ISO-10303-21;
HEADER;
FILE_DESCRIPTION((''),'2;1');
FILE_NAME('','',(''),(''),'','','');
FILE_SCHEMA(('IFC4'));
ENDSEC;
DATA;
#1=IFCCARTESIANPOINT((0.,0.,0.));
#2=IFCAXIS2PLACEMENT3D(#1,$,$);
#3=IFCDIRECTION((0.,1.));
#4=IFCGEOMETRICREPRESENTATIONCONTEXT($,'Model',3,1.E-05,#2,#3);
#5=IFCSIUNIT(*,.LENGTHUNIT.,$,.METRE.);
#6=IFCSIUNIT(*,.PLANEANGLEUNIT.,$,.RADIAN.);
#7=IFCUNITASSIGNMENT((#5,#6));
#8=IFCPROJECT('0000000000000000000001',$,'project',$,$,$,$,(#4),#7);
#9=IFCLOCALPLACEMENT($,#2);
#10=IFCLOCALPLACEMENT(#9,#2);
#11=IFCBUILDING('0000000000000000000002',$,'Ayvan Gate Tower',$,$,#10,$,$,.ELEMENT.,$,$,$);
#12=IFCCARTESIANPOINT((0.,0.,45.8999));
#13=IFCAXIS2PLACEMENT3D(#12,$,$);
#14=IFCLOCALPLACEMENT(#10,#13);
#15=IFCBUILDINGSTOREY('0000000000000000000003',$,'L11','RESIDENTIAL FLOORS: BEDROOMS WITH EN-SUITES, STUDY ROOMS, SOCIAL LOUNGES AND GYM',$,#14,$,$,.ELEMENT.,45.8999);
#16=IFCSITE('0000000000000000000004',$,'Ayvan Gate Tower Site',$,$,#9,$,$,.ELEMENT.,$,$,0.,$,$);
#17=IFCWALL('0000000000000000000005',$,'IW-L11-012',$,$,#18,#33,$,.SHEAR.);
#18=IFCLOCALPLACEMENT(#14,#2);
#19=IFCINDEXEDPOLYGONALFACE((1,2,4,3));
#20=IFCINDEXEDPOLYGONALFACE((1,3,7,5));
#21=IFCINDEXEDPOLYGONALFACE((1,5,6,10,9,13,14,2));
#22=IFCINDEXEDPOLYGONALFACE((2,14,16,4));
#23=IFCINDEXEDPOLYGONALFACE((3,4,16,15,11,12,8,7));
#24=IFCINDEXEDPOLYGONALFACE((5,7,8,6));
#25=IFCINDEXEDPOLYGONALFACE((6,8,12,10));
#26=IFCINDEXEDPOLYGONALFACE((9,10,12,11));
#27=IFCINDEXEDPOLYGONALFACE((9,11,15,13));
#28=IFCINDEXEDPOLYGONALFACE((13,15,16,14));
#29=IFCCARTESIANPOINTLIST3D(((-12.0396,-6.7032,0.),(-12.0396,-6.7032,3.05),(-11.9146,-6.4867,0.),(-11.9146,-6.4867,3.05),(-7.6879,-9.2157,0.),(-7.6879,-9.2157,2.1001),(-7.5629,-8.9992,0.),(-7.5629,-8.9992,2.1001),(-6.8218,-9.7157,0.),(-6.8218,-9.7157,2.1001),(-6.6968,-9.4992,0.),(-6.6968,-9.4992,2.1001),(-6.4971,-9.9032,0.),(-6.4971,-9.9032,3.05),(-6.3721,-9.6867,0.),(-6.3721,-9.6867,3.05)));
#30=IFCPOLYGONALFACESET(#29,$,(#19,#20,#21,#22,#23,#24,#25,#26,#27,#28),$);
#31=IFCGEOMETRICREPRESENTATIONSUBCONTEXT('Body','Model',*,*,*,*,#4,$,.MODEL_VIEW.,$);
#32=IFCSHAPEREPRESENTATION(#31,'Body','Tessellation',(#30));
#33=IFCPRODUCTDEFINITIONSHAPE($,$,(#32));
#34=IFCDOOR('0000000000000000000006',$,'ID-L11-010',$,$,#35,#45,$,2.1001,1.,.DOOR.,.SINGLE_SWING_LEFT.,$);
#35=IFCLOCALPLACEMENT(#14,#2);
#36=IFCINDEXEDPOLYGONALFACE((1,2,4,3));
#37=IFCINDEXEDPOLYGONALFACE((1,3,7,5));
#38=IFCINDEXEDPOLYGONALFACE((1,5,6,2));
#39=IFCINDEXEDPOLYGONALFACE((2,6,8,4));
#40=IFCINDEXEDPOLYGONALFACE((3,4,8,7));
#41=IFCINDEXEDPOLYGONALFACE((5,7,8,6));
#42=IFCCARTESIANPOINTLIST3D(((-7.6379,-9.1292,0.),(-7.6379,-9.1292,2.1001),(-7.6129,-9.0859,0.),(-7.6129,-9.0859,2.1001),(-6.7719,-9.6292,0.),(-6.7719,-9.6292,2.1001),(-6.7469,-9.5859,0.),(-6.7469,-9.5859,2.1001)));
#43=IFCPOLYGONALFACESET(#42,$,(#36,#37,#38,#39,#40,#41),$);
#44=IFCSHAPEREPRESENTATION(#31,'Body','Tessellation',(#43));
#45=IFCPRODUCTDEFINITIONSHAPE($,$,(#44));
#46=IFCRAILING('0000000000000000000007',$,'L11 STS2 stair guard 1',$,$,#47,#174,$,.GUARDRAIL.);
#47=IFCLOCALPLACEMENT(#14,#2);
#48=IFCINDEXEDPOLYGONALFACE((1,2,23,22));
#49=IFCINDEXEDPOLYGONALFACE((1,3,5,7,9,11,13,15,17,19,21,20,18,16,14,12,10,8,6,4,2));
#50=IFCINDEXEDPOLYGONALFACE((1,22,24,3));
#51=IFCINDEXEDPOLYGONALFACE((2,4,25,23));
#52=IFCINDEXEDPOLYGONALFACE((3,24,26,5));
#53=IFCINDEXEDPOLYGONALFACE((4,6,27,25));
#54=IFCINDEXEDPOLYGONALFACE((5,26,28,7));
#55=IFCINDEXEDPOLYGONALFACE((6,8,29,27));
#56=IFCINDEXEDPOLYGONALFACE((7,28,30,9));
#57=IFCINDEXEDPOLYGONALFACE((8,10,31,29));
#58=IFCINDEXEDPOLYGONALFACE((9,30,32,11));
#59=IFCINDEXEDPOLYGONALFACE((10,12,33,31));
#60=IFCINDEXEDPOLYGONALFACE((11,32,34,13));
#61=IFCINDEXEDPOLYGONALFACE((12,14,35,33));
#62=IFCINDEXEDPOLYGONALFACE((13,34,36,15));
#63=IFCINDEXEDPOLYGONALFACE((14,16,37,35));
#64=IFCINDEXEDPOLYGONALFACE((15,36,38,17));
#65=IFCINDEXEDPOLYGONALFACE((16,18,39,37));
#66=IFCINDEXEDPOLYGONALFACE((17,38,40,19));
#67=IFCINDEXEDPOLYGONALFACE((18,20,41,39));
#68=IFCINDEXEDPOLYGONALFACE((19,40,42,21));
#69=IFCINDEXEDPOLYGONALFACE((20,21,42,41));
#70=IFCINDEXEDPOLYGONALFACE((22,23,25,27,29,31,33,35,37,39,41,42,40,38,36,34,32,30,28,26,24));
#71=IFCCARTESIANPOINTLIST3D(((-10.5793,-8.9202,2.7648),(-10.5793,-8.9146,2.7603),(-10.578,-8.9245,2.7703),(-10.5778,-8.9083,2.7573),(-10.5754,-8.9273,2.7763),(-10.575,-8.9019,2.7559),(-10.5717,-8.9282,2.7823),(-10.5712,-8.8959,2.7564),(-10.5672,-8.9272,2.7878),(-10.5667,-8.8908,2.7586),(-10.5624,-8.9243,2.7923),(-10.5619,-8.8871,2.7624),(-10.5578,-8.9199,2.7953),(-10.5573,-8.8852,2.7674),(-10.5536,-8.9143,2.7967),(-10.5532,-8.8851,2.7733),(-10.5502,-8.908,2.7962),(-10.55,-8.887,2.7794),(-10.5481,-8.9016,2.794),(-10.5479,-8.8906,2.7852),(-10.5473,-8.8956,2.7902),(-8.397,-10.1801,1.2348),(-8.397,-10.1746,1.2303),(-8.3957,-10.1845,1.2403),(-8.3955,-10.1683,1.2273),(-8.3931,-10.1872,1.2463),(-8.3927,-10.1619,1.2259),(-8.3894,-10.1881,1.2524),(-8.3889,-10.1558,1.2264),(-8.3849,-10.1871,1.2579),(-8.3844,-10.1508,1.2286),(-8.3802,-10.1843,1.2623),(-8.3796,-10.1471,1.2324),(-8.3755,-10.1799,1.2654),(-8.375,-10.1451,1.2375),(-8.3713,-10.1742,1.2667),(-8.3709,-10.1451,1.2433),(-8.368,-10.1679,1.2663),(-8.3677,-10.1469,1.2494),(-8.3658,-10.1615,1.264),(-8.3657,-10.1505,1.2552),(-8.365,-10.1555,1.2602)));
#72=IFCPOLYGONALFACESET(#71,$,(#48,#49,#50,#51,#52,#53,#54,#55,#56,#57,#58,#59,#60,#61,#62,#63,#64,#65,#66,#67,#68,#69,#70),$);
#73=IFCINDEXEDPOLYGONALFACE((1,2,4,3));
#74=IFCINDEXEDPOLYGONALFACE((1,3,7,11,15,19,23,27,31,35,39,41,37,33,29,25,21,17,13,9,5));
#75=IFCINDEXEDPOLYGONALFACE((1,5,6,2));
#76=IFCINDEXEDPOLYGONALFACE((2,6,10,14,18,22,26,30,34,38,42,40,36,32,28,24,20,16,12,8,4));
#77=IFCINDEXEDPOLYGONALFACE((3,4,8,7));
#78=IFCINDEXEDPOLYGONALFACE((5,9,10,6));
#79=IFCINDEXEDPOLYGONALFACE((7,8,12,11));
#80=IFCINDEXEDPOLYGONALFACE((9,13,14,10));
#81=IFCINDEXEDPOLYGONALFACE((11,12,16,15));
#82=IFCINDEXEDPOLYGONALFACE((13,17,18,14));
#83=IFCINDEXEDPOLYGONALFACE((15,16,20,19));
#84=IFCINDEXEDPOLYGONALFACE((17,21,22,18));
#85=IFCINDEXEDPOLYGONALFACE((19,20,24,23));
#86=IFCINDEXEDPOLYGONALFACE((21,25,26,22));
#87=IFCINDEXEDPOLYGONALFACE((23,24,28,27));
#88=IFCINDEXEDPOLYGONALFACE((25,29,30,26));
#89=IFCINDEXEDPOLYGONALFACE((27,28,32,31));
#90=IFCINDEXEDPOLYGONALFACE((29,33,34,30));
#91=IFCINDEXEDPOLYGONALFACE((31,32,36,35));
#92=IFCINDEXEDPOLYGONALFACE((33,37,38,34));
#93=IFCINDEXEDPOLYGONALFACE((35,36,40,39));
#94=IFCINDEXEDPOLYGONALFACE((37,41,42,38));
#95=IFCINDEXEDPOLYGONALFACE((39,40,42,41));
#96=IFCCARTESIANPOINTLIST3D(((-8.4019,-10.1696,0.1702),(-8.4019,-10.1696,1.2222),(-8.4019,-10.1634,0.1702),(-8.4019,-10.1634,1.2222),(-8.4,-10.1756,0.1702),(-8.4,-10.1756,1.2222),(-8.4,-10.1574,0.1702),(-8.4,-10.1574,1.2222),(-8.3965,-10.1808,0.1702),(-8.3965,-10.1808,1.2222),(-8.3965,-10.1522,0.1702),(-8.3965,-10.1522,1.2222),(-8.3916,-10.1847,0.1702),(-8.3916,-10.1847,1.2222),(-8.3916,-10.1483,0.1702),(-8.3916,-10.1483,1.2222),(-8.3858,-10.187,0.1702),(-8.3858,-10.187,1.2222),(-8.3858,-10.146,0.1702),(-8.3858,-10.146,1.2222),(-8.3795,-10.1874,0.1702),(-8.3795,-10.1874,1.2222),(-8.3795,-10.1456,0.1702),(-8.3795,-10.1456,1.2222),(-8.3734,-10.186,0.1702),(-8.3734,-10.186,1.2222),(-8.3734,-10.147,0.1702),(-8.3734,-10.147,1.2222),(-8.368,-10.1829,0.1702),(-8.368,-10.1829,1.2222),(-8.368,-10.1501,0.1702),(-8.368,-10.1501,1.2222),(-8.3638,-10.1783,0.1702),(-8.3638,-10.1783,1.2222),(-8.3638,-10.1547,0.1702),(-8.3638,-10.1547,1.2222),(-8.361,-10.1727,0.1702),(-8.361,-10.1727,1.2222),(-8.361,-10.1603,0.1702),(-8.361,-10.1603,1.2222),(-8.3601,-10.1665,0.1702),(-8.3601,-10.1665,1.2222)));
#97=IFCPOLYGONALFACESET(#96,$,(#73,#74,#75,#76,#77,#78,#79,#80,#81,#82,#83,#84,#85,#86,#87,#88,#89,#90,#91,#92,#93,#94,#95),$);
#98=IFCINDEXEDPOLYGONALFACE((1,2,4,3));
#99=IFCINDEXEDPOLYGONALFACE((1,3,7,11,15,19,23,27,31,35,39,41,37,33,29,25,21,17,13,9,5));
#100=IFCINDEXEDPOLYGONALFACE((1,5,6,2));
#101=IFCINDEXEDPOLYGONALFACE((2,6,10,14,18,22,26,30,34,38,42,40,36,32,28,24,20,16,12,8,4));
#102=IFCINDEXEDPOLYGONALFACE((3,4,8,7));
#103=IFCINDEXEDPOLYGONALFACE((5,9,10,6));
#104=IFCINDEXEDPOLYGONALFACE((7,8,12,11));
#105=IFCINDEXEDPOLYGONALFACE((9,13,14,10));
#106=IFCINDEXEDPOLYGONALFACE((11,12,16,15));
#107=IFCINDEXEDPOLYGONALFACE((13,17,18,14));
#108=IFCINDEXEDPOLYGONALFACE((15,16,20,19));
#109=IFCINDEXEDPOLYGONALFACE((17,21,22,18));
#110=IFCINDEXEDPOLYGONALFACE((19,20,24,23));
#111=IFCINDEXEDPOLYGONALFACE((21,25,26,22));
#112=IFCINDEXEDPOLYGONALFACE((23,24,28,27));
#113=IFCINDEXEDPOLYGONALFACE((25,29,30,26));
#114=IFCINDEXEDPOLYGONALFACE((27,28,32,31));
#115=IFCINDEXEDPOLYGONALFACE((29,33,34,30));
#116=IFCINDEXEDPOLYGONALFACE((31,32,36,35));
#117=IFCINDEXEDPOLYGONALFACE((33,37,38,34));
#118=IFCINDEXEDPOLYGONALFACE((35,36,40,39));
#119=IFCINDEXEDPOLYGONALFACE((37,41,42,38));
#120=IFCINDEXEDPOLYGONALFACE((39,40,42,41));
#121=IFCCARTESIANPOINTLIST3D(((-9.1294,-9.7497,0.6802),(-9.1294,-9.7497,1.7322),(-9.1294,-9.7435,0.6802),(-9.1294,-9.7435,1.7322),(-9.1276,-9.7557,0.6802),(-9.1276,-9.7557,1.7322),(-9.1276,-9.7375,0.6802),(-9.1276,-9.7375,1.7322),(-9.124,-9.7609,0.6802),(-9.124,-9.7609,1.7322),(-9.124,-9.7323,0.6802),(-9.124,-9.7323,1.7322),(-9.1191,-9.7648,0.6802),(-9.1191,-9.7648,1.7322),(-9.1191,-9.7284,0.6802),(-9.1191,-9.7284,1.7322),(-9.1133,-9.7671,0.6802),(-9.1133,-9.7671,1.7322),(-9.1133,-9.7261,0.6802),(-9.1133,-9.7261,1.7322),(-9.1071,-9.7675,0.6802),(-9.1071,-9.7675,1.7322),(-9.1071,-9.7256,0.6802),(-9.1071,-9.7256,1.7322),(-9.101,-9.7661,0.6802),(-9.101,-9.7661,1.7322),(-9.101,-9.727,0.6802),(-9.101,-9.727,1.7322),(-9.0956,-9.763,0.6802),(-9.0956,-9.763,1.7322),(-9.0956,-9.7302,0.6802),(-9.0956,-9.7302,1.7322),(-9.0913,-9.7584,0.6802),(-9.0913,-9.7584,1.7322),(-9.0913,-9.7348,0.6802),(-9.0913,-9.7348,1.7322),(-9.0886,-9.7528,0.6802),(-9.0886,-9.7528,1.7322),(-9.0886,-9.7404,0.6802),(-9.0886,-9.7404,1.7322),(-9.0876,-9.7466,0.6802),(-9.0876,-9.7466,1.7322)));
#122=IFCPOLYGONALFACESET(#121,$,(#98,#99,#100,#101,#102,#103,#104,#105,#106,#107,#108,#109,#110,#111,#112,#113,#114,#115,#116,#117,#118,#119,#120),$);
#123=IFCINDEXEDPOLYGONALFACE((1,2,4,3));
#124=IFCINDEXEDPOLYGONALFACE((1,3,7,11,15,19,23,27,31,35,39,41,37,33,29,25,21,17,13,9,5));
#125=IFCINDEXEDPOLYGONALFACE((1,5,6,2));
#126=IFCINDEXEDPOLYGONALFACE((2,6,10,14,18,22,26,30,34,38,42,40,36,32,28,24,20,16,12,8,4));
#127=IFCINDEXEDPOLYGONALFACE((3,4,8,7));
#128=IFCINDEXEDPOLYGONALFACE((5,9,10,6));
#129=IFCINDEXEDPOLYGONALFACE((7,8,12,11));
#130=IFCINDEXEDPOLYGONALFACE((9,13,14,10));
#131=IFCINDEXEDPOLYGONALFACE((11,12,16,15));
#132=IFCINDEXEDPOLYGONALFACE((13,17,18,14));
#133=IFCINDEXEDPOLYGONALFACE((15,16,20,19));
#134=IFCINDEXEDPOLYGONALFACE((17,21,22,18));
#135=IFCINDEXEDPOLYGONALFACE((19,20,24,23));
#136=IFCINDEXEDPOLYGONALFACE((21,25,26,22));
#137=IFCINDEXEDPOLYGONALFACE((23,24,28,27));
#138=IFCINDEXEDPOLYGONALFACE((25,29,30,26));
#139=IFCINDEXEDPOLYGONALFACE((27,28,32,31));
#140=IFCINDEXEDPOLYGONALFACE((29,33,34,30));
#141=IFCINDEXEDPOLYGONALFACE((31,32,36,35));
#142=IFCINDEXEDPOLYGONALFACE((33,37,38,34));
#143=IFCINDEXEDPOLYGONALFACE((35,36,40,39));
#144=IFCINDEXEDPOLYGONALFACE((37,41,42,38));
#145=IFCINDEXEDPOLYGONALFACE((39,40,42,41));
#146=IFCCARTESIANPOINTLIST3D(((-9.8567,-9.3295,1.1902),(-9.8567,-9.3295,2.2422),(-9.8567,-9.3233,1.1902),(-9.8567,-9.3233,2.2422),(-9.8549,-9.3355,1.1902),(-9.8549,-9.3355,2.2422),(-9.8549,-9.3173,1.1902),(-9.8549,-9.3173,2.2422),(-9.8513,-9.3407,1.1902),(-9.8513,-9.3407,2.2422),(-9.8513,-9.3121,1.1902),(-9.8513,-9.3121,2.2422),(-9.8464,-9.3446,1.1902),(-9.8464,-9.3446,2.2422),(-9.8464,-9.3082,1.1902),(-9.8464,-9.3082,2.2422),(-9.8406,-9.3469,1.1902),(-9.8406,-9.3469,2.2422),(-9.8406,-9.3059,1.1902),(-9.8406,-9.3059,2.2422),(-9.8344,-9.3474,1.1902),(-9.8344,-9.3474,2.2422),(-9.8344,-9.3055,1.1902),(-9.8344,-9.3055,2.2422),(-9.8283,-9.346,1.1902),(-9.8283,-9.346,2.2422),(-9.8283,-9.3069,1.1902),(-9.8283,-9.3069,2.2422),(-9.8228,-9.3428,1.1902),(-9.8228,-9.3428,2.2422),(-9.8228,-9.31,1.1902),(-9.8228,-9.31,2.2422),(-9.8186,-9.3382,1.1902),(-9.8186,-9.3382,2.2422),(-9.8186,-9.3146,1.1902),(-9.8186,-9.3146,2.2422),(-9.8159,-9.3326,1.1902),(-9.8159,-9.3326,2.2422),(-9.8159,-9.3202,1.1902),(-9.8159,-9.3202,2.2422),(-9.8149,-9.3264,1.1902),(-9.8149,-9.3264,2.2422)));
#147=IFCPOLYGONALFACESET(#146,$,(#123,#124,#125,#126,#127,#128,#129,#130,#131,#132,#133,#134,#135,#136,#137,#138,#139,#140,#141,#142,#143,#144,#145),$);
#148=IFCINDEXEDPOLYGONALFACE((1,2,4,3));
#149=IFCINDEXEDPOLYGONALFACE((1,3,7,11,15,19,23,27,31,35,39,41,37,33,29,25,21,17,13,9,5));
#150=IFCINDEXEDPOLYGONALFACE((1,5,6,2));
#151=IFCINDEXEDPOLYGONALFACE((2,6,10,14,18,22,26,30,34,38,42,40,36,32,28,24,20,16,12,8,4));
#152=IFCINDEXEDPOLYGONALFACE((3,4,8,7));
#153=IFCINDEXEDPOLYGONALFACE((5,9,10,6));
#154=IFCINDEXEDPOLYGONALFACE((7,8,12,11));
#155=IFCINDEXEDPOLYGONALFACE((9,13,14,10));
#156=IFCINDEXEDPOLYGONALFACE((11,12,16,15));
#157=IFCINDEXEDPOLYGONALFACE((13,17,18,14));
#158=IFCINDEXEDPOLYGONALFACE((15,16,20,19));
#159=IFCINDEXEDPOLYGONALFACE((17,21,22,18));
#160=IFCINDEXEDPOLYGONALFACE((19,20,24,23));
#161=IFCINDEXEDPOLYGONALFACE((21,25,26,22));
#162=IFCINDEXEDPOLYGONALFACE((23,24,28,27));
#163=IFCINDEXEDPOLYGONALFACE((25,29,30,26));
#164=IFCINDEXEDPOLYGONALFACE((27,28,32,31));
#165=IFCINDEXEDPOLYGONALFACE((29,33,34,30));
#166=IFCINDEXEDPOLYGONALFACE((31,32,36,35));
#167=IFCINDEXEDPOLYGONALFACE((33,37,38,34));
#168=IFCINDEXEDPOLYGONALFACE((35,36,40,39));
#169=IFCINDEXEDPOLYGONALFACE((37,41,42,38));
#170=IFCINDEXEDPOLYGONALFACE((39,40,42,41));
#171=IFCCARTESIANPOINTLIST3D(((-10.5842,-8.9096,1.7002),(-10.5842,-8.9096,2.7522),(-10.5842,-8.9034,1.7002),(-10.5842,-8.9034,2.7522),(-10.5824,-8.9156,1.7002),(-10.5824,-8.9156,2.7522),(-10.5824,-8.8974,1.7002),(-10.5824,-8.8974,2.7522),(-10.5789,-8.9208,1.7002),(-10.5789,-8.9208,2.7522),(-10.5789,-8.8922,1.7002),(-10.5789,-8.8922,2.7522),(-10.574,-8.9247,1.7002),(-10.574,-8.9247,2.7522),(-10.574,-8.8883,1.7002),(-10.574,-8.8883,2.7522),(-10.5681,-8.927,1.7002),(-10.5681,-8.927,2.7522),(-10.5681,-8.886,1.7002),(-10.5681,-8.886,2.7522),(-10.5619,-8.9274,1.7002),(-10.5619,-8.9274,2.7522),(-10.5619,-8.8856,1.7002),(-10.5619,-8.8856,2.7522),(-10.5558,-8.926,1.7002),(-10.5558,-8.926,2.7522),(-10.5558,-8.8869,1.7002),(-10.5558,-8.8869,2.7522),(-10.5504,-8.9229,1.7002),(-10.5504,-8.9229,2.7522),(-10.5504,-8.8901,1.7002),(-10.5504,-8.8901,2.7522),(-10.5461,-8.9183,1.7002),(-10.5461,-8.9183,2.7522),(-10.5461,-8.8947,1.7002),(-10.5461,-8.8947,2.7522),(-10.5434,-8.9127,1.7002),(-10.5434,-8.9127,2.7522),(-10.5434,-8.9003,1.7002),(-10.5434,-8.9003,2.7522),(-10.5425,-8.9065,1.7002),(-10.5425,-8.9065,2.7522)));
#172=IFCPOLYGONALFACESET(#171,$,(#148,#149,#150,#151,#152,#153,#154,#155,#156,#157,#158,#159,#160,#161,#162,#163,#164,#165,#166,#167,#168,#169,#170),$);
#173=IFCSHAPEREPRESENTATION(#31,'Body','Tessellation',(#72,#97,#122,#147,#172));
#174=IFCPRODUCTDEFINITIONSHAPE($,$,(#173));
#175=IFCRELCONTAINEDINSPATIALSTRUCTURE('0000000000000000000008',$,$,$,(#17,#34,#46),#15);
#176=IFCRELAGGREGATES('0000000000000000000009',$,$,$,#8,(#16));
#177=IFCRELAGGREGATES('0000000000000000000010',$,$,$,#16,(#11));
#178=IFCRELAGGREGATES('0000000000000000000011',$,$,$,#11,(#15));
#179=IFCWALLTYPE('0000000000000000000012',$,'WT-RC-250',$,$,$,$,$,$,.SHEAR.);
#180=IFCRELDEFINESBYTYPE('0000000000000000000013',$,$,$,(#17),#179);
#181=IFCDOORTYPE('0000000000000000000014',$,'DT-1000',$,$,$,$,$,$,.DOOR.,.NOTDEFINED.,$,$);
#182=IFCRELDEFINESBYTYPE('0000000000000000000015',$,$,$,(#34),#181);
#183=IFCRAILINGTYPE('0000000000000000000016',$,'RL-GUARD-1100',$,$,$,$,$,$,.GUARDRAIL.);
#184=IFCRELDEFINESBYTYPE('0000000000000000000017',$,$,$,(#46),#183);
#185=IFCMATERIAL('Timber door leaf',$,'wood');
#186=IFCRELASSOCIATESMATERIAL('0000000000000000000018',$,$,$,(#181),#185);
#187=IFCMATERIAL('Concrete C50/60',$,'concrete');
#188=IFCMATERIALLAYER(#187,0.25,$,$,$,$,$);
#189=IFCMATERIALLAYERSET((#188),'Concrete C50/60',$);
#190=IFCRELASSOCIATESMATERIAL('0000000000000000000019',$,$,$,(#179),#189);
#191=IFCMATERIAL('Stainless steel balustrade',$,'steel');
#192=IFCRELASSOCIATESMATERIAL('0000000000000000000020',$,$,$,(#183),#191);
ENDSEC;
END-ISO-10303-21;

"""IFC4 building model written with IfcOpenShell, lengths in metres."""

from ifc_helpers import new_model, si_unit, direction, frame, frame_2d, origin, origin_2d, place, context, subcontext, project, spatial, rectangle, circle, extrude, material, layer, layer_set, type_object, element, fill, save


model = new_model("IFC4")

# Units and contexts
model_context = context("Model", 3, precision=1e-05, world=origin(), true_north=direction((0.0, 1.0)))
body_context = subcontext(model_context, "Body", "Model", "MODEL_VIEW")
ifc_project = project(units=[si_unit("LENGTHUNIT", "METRE"), si_unit("PLANEANGLEUNIT", "RADIAN")], contexts=[model_context])

# Site, building, storey
site_placement = place(None, origin())
site = spatial("IfcSite", under=ifc_project, at=site_placement, Name="Ayvan Gate Tower Site", CompositionType="ELEMENT", RefElevation=0.0)
building_placement = place(site_placement, origin())
building = spatial("IfcBuilding", under=site, at=building_placement, Name="Ayvan Gate Tower", CompositionType="ELEMENT")
storey_placement = place(building_placement, frame((0.0, 0.0, 45.8999)))
storey = spatial("IfcBuildingStorey", under=building, at=storey_placement, Name="L11", Description="RESIDENTIAL FLOORS: BEDROOMS WITH EN-SUITES, STUDY ROOMS, SOCIAL LOUNGES AND GYM", CompositionType="ELEMENT", Elevation=45.8999)

# Shared definitions
ifc_material_1 = material(Name="Timber door leaf", Category="wood")

# Shared definitions
door_type_1 = type_object("IfcDoorType", Name="DT-1000", OperationType="NOTDEFINED", PredefinedType="DOOR", material=ifc_material_1)

# Shared definitions
ifc_material_2 = material(Name="Concrete C50/60", Category="concrete")
ifc_layer_1 = layer(ifc_material_2, 0.25)
ifc_layer_set_1 = layer_set([ifc_layer_1], Name="Concrete C50/60")
wall_type_1 = type_object("IfcWallType", Name="WT-RC-250", PredefinedType="SHEAR", material=ifc_layer_set_1)

# Wall, opening, door
wall_1_placement = place(storey_placement, frame((-11.9771, -6.595, 0.0), z_axis=(0.0, 0.0, 1.0), x_axis=(0.866025, -0.5, 0.0)))
wall_1 = element("IfcWall", 1, at=wall_1_placement, inside=storey, type_object=wall_type_1, Name="IW-L11-012", PredefinedType="SHEAR", context=body_context, shape_type="SweptSolid", body=[
    extrude(rectangle(XDim=6.3999, YDim=0.25, at=frame_2d((3.2, 0.0))), origin(), (0.0, 0.0, 1.0), 3.05),
])
opening_1_placement = place(wall_1_placement, frame((5.0249, 0.0, 0.0)))
opening_1 = element("IfcOpeningElement", 2, at=opening_1_placement, cuts=wall_1, PredefinedType="OPENING", context=body_context, shape_type="SweptSolid", body=[
    extrude(rectangle(XDim=1.0, YDim=2.1001, at=frame_2d((0.5, 1.05))), frame((0.0, 0.135, 0.0), z_axis=(0.0, -1.0, 0.0), x_axis=(1.0, 0.0, 0.0)), (0.0, 0.0, 1.0), 0.27),
])
door_1_placement = place(opening_1_placement, origin())
door_1 = element("IfcDoor", 3, at=door_1_placement, inside=storey, type_object=door_type_1, Name="ID-L11-010", OperationType="SINGLE_SWING_LEFT", OverallHeight=2.1001, OverallWidth=1.0, PredefinedType="DOOR", context=body_context, shape_type="SweptSolid", body=[
    extrude(rectangle(XDim=1.0, YDim=2.1001, at=frame_2d((0.5, 1.05))), frame((0.0, 0.0249, 0.0), z_axis=(0.0, -1.0, 0.0), x_axis=(1.0, 0.0, 0.0)), (0.0, 0.0, 1.0), 0.05),
])
fill(opening_1, door_1)

# Railing
ifc_material_3 = material(Name="Stainless steel balustrade", Category="steel")
railing_type_1 = type_object("IfcRailingType", Name="RL-GUARD-1100", PredefinedType="GUARDRAIL", material=ifc_material_3)
railing_1_placement = place(storey_placement, frame((-8.3811, -10.1665, 0.1702)))
element("IfcRailing", 4, at=railing_1_placement, inside=storey, type_object=railing_type_1, Name="L11 STS2 stair guard 1", PredefinedType="GUARDRAIL", context=body_context, shape_type="SweptSolid", body=[
    extrude(circle(Radius=0.0239, at=origin_2d()), frame((0.0, 0.0, 1.0762), z_axis=(-0.740261, 0.427395, 0.518986), x_axis=(-0.500005, -0.866023, 0.0)), (0.0, 0.0, 1.0), 2.948),
    extrude(circle(Radius=0.021, at=origin_2d()), origin(), (0.0, 0.0, 1.0), 1.052),
    extrude(circle(Radius=0.021, at=origin_2d()), frame((-0.7275, 0.4199, 0.51)), (0.0, 0.0, 1.0), 1.052),
    extrude(circle(Radius=0.021, at=origin_2d()), frame((-1.4548, 0.8401, 1.02)), (0.0, 0.0, 1.0), 1.052),
    extrude(circle(Radius=0.021, at=origin_2d()), frame((-2.1824, 1.26, 1.53)), (0.0, 0.0, 1.0), 1.052),
])

save(model, "model.ifc")
